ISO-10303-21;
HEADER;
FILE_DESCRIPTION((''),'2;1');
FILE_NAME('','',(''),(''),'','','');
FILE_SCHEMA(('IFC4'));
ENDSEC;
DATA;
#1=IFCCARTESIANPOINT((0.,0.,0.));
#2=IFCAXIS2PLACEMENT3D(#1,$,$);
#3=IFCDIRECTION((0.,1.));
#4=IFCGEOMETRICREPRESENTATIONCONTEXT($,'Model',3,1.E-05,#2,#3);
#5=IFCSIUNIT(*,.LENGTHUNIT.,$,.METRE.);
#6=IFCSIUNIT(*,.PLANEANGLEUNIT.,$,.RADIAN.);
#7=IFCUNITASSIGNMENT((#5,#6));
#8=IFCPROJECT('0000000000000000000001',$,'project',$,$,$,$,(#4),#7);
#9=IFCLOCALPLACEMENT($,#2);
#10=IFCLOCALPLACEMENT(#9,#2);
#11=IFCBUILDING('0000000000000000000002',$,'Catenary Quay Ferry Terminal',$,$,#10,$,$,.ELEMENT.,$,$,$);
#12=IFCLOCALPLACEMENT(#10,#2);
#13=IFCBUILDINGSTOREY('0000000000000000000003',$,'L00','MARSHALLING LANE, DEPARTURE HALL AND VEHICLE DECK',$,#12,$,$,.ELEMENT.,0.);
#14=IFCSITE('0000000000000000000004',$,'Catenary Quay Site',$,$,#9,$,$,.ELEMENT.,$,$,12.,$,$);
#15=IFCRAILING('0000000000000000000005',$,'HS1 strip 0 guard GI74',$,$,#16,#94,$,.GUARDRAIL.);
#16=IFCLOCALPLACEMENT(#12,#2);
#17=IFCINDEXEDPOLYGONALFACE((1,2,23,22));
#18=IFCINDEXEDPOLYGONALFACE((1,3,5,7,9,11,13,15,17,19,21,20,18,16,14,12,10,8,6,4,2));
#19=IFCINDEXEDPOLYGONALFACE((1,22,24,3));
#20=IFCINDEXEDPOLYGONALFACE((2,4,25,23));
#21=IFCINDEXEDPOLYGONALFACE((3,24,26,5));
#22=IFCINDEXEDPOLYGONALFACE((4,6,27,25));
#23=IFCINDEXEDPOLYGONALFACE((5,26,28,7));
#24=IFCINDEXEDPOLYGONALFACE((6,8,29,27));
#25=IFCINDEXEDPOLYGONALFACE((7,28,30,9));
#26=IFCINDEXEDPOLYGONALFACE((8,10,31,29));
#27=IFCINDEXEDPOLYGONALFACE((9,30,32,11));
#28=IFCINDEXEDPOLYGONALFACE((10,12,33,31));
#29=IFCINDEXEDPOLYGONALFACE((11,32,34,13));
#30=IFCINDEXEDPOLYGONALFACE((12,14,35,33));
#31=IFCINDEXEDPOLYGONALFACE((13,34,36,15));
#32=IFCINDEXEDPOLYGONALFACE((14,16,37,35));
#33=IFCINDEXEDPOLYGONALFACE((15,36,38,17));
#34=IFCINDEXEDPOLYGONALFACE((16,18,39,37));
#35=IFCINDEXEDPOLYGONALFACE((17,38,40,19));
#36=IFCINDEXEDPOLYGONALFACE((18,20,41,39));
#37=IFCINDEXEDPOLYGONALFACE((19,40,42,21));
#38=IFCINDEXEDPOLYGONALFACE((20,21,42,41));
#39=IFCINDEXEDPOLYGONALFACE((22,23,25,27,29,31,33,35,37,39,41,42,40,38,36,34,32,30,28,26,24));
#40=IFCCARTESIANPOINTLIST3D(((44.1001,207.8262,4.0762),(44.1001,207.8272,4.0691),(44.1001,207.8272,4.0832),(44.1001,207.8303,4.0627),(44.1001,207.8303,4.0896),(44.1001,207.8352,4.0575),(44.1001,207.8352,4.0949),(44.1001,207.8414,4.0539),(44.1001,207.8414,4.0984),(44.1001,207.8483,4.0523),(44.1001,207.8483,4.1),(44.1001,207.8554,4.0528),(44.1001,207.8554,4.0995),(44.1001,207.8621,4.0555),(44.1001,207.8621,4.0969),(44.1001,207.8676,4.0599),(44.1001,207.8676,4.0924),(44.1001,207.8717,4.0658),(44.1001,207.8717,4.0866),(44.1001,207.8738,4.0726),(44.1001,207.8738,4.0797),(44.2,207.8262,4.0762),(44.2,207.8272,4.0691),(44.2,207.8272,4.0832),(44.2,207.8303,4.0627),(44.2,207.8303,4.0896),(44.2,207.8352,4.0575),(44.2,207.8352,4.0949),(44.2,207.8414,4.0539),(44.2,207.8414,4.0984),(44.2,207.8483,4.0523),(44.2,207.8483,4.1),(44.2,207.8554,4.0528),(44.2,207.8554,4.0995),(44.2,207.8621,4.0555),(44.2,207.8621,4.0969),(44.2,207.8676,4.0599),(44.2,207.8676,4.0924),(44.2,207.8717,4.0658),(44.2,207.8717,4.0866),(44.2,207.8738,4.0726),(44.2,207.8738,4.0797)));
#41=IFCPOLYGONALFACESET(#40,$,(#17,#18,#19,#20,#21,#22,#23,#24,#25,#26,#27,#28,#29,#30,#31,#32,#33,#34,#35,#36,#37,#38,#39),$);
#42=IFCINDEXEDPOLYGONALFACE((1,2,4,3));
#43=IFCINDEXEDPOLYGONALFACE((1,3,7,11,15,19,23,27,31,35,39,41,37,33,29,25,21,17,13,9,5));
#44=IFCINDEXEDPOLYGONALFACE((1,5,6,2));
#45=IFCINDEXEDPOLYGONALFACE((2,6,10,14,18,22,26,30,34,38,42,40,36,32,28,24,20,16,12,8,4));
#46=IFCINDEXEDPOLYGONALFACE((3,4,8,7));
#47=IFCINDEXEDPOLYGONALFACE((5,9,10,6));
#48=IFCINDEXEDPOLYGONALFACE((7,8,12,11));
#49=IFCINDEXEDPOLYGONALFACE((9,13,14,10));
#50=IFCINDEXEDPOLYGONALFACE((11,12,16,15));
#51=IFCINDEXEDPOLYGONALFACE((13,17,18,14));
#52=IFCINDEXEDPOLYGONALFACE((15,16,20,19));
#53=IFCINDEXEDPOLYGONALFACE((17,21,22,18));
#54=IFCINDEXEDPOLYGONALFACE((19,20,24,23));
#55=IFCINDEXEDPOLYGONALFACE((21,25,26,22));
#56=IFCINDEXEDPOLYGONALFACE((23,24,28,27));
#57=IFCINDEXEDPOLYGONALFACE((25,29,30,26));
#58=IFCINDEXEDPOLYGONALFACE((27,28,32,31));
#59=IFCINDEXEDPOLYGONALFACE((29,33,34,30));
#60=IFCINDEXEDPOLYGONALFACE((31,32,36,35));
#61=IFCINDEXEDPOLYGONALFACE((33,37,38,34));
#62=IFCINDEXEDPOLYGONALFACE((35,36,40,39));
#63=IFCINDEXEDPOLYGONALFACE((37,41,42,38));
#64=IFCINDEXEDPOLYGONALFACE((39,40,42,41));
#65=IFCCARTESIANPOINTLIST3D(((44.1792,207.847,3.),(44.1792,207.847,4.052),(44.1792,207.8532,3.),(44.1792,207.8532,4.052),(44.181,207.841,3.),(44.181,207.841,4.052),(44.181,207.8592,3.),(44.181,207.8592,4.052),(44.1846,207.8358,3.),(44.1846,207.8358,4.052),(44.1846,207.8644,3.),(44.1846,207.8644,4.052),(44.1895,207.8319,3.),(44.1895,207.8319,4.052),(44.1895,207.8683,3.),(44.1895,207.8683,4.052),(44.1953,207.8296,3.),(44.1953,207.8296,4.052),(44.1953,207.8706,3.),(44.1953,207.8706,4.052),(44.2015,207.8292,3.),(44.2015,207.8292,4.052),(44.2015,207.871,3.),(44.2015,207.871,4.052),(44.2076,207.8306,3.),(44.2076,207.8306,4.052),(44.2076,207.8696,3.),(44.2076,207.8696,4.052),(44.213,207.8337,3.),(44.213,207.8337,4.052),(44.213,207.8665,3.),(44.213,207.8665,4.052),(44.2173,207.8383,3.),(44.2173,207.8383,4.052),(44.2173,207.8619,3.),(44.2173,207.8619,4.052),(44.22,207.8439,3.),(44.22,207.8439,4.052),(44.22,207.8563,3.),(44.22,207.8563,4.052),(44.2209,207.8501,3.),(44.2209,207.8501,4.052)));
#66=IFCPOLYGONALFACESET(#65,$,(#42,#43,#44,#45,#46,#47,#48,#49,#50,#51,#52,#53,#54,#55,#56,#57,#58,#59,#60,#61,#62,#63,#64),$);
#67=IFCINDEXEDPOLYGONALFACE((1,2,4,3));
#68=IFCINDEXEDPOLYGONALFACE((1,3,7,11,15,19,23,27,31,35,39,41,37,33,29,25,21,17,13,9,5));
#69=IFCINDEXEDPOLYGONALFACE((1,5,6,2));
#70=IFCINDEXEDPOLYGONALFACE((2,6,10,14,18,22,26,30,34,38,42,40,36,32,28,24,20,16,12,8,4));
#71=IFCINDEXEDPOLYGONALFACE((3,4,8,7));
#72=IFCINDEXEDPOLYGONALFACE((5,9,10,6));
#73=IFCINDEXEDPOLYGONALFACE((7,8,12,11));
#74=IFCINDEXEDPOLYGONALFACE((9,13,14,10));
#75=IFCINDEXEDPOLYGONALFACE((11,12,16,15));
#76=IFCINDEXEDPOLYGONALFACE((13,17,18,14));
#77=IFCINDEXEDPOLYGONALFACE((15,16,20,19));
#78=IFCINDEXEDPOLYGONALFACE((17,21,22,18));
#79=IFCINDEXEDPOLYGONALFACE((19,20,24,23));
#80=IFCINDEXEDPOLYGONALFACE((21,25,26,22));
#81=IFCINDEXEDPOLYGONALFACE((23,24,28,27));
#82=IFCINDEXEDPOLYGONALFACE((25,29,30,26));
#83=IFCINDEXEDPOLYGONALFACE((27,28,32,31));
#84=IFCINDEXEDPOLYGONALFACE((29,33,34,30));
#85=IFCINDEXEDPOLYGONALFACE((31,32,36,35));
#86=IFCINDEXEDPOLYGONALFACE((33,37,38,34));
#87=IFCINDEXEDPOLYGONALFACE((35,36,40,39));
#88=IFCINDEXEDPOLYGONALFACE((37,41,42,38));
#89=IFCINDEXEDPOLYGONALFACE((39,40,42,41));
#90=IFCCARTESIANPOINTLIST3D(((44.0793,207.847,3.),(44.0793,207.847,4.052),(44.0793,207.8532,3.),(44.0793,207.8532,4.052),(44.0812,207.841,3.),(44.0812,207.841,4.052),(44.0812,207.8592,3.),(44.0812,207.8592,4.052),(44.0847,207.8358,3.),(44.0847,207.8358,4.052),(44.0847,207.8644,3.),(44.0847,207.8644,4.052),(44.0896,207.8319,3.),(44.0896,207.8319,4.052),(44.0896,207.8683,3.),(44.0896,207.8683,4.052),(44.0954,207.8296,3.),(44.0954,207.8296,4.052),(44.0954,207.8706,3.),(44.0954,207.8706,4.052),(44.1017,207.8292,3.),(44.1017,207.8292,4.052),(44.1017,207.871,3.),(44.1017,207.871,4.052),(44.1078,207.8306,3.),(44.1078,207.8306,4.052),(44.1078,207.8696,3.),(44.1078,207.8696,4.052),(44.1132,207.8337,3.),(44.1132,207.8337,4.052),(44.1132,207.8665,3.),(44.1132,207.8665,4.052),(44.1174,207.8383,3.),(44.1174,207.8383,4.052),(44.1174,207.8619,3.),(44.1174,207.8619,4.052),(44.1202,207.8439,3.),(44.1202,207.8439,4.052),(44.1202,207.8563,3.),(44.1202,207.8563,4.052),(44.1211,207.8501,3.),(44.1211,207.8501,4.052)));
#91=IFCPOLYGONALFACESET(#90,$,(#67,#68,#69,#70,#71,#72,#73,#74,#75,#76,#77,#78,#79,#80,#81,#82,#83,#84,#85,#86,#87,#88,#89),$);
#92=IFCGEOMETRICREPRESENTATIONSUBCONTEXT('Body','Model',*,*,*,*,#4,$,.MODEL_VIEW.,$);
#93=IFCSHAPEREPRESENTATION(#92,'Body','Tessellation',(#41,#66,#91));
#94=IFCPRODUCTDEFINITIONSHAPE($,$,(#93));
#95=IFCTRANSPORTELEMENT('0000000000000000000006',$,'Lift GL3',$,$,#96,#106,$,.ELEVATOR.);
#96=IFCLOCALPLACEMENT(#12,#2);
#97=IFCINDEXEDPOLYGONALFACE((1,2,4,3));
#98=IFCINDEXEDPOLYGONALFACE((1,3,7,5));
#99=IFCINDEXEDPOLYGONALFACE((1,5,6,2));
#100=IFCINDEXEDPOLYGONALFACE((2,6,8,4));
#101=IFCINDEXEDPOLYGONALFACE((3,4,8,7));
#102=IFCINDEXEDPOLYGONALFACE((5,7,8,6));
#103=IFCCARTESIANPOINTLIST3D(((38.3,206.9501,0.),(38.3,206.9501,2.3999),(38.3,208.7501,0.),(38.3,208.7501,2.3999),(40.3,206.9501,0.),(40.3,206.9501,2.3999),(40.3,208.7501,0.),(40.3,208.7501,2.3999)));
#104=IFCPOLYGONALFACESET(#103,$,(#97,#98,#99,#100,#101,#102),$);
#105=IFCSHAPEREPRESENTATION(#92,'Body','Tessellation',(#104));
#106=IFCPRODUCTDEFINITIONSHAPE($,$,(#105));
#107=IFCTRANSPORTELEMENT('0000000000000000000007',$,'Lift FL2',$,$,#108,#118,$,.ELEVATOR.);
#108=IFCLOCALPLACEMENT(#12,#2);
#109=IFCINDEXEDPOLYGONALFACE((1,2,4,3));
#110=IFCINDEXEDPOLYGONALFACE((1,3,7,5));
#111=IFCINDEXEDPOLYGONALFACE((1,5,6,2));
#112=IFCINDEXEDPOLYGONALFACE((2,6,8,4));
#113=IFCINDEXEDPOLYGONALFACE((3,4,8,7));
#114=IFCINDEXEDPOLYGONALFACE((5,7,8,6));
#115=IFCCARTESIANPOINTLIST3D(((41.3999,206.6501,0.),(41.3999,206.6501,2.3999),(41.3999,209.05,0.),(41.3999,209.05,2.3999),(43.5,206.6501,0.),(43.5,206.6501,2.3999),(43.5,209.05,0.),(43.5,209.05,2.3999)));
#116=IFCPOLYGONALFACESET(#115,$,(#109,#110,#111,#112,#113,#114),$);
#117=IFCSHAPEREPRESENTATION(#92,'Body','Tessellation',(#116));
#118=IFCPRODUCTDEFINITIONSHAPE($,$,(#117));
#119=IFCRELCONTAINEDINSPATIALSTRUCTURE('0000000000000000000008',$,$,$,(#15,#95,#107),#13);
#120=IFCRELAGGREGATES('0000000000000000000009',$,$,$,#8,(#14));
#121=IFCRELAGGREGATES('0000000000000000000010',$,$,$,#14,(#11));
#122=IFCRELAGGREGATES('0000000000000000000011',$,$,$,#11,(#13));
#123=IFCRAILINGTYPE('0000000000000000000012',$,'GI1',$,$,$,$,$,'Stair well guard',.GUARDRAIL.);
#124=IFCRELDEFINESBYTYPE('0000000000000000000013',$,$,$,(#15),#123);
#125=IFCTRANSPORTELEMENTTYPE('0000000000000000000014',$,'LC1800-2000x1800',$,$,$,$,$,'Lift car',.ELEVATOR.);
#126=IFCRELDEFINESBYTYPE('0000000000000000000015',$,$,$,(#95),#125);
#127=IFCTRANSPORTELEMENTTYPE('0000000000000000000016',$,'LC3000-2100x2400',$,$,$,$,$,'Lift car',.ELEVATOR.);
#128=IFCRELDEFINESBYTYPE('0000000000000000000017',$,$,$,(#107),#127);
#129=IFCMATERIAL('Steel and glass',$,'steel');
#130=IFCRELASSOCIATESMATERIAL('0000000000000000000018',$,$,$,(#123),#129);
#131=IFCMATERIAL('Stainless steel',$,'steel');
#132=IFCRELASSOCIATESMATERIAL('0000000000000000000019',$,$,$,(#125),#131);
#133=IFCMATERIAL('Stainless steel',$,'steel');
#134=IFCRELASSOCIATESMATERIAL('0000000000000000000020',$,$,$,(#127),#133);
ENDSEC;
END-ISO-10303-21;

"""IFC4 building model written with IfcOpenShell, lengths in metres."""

from ifc_helpers import new_model, si_unit, direction, frame, origin, origin_2d, place, context, subcontext, project, spatial, rectangle, circle, extrude, material, type_object, element, save


model = new_model("IFC4")

# Units and contexts
model_context = context("Model", 3, precision=1e-05, world=origin(), true_north=direction((0.0, 1.0)))
body_context = subcontext(model_context, "Body", "Model", "MODEL_VIEW")
ifc_project = project(units=[si_unit("LENGTHUNIT", "METRE"), si_unit("PLANEANGLEUNIT", "RADIAN")], contexts=[model_context])

# Site, building, storey
site_placement = place(None, origin())
site = spatial("IfcSite", under=ifc_project, at=site_placement, Name="Catenary Quay Site", CompositionType="ELEMENT", RefElevation=12.0)
building_placement = place(site_placement, origin())
building = spatial("IfcBuilding", under=site, at=building_placement, Name="Catenary Quay Ferry Terminal", CompositionType="ELEMENT")
storey_placement = place(building_placement, origin())
storey = spatial("IfcBuildingStorey", under=building, at=storey_placement, Name="L00", Description="MARSHALLING LANE, DEPARTURE HALL AND VEHICLE DECK", CompositionType="ELEMENT", Elevation=0.0)

# Railing
ifc_material_1 = material(Name="Steel and glass", Category="steel")
railing_type_1 = type_object("IfcRailingType", Name="GI1", ElementType="Stair well guard", PredefinedType="GUARDRAIL", material=ifc_material_1)
railing_1_placement = place(storey_placement, frame((44.2, 207.8501, 3.0)))
element("IfcRailing", 1, at=railing_1_placement, inside=storey, type_object=railing_type_1, Name="HS1 strip 0 guard GI74", PredefinedType="GUARDRAIL", context=body_context, shape_type="SweptSolid", body=[
    extrude(circle(Radius=0.0239, at=origin_2d()), frame((0.0, 0.0, 1.0762), z_axis=(-1.0, 0.0, 0.0), x_axis=(0.0, -1.0, 0.0)), (0.0, 0.0, 1.0), 0.0999),
    extrude(circle(Radius=0.021, at=origin_2d()), origin(), (0.0, 0.0, 1.0), 1.052),
    extrude(circle(Radius=0.021, at=origin_2d()), frame((-0.0999, 0.0, 0.0)), (0.0, 0.0, 1.0), 1.052),
])

# Transport elements
ifc_material_2 = material(Name="Stainless steel", Category="steel")
transport_element_type_1 = type_object("IfcTransportElementType", Name="LC1800-2000x1800", ElementType="Lift car", PredefinedType="ELEVATOR", material=ifc_material_2)
transport_element_1_placement = place(storey_placement, frame((39.3, 207.8501, 0.0), z_axis=(0.0, 0.0, 1.0), x_axis=(1.0, 0.0, 0.0)))
element("IfcTransportElement", 2, at=transport_element_1_placement, inside=storey, type_object=transport_element_type_1, Name="Lift GL3", PredefinedType="ELEVATOR", context=body_context, shape_type="SweptSolid", body=[
    extrude(rectangle(XDim=2.0, YDim=1.8, at=origin_2d()), origin(), (0.0, 0.0, 1.0), 2.3999),
])
ifc_material_3 = material(Name="Stainless steel", Category="steel")
transport_element_type_2 = type_object("IfcTransportElementType", Name="LC3000-2100x2400", ElementType="Lift car", PredefinedType="ELEVATOR", material=ifc_material_3)
transport_element_2_placement = place(storey_placement, frame((42.45, 207.8501, 0.0), z_axis=(0.0, 0.0, 1.0), x_axis=(1.0, 0.0, 0.0)))
element("IfcTransportElement", 3, at=transport_element_2_placement, inside=storey, type_object=transport_element_type_2, Name="Lift FL2", PredefinedType="ELEVATOR", context=body_context, shape_type="SweptSolid", body=[
    extrude(rectangle(XDim=2.1001, YDim=2.3999, at=origin_2d()), origin(), (0.0, 0.0, 1.0), 2.3999),
])

save(model, "model.ifc")
